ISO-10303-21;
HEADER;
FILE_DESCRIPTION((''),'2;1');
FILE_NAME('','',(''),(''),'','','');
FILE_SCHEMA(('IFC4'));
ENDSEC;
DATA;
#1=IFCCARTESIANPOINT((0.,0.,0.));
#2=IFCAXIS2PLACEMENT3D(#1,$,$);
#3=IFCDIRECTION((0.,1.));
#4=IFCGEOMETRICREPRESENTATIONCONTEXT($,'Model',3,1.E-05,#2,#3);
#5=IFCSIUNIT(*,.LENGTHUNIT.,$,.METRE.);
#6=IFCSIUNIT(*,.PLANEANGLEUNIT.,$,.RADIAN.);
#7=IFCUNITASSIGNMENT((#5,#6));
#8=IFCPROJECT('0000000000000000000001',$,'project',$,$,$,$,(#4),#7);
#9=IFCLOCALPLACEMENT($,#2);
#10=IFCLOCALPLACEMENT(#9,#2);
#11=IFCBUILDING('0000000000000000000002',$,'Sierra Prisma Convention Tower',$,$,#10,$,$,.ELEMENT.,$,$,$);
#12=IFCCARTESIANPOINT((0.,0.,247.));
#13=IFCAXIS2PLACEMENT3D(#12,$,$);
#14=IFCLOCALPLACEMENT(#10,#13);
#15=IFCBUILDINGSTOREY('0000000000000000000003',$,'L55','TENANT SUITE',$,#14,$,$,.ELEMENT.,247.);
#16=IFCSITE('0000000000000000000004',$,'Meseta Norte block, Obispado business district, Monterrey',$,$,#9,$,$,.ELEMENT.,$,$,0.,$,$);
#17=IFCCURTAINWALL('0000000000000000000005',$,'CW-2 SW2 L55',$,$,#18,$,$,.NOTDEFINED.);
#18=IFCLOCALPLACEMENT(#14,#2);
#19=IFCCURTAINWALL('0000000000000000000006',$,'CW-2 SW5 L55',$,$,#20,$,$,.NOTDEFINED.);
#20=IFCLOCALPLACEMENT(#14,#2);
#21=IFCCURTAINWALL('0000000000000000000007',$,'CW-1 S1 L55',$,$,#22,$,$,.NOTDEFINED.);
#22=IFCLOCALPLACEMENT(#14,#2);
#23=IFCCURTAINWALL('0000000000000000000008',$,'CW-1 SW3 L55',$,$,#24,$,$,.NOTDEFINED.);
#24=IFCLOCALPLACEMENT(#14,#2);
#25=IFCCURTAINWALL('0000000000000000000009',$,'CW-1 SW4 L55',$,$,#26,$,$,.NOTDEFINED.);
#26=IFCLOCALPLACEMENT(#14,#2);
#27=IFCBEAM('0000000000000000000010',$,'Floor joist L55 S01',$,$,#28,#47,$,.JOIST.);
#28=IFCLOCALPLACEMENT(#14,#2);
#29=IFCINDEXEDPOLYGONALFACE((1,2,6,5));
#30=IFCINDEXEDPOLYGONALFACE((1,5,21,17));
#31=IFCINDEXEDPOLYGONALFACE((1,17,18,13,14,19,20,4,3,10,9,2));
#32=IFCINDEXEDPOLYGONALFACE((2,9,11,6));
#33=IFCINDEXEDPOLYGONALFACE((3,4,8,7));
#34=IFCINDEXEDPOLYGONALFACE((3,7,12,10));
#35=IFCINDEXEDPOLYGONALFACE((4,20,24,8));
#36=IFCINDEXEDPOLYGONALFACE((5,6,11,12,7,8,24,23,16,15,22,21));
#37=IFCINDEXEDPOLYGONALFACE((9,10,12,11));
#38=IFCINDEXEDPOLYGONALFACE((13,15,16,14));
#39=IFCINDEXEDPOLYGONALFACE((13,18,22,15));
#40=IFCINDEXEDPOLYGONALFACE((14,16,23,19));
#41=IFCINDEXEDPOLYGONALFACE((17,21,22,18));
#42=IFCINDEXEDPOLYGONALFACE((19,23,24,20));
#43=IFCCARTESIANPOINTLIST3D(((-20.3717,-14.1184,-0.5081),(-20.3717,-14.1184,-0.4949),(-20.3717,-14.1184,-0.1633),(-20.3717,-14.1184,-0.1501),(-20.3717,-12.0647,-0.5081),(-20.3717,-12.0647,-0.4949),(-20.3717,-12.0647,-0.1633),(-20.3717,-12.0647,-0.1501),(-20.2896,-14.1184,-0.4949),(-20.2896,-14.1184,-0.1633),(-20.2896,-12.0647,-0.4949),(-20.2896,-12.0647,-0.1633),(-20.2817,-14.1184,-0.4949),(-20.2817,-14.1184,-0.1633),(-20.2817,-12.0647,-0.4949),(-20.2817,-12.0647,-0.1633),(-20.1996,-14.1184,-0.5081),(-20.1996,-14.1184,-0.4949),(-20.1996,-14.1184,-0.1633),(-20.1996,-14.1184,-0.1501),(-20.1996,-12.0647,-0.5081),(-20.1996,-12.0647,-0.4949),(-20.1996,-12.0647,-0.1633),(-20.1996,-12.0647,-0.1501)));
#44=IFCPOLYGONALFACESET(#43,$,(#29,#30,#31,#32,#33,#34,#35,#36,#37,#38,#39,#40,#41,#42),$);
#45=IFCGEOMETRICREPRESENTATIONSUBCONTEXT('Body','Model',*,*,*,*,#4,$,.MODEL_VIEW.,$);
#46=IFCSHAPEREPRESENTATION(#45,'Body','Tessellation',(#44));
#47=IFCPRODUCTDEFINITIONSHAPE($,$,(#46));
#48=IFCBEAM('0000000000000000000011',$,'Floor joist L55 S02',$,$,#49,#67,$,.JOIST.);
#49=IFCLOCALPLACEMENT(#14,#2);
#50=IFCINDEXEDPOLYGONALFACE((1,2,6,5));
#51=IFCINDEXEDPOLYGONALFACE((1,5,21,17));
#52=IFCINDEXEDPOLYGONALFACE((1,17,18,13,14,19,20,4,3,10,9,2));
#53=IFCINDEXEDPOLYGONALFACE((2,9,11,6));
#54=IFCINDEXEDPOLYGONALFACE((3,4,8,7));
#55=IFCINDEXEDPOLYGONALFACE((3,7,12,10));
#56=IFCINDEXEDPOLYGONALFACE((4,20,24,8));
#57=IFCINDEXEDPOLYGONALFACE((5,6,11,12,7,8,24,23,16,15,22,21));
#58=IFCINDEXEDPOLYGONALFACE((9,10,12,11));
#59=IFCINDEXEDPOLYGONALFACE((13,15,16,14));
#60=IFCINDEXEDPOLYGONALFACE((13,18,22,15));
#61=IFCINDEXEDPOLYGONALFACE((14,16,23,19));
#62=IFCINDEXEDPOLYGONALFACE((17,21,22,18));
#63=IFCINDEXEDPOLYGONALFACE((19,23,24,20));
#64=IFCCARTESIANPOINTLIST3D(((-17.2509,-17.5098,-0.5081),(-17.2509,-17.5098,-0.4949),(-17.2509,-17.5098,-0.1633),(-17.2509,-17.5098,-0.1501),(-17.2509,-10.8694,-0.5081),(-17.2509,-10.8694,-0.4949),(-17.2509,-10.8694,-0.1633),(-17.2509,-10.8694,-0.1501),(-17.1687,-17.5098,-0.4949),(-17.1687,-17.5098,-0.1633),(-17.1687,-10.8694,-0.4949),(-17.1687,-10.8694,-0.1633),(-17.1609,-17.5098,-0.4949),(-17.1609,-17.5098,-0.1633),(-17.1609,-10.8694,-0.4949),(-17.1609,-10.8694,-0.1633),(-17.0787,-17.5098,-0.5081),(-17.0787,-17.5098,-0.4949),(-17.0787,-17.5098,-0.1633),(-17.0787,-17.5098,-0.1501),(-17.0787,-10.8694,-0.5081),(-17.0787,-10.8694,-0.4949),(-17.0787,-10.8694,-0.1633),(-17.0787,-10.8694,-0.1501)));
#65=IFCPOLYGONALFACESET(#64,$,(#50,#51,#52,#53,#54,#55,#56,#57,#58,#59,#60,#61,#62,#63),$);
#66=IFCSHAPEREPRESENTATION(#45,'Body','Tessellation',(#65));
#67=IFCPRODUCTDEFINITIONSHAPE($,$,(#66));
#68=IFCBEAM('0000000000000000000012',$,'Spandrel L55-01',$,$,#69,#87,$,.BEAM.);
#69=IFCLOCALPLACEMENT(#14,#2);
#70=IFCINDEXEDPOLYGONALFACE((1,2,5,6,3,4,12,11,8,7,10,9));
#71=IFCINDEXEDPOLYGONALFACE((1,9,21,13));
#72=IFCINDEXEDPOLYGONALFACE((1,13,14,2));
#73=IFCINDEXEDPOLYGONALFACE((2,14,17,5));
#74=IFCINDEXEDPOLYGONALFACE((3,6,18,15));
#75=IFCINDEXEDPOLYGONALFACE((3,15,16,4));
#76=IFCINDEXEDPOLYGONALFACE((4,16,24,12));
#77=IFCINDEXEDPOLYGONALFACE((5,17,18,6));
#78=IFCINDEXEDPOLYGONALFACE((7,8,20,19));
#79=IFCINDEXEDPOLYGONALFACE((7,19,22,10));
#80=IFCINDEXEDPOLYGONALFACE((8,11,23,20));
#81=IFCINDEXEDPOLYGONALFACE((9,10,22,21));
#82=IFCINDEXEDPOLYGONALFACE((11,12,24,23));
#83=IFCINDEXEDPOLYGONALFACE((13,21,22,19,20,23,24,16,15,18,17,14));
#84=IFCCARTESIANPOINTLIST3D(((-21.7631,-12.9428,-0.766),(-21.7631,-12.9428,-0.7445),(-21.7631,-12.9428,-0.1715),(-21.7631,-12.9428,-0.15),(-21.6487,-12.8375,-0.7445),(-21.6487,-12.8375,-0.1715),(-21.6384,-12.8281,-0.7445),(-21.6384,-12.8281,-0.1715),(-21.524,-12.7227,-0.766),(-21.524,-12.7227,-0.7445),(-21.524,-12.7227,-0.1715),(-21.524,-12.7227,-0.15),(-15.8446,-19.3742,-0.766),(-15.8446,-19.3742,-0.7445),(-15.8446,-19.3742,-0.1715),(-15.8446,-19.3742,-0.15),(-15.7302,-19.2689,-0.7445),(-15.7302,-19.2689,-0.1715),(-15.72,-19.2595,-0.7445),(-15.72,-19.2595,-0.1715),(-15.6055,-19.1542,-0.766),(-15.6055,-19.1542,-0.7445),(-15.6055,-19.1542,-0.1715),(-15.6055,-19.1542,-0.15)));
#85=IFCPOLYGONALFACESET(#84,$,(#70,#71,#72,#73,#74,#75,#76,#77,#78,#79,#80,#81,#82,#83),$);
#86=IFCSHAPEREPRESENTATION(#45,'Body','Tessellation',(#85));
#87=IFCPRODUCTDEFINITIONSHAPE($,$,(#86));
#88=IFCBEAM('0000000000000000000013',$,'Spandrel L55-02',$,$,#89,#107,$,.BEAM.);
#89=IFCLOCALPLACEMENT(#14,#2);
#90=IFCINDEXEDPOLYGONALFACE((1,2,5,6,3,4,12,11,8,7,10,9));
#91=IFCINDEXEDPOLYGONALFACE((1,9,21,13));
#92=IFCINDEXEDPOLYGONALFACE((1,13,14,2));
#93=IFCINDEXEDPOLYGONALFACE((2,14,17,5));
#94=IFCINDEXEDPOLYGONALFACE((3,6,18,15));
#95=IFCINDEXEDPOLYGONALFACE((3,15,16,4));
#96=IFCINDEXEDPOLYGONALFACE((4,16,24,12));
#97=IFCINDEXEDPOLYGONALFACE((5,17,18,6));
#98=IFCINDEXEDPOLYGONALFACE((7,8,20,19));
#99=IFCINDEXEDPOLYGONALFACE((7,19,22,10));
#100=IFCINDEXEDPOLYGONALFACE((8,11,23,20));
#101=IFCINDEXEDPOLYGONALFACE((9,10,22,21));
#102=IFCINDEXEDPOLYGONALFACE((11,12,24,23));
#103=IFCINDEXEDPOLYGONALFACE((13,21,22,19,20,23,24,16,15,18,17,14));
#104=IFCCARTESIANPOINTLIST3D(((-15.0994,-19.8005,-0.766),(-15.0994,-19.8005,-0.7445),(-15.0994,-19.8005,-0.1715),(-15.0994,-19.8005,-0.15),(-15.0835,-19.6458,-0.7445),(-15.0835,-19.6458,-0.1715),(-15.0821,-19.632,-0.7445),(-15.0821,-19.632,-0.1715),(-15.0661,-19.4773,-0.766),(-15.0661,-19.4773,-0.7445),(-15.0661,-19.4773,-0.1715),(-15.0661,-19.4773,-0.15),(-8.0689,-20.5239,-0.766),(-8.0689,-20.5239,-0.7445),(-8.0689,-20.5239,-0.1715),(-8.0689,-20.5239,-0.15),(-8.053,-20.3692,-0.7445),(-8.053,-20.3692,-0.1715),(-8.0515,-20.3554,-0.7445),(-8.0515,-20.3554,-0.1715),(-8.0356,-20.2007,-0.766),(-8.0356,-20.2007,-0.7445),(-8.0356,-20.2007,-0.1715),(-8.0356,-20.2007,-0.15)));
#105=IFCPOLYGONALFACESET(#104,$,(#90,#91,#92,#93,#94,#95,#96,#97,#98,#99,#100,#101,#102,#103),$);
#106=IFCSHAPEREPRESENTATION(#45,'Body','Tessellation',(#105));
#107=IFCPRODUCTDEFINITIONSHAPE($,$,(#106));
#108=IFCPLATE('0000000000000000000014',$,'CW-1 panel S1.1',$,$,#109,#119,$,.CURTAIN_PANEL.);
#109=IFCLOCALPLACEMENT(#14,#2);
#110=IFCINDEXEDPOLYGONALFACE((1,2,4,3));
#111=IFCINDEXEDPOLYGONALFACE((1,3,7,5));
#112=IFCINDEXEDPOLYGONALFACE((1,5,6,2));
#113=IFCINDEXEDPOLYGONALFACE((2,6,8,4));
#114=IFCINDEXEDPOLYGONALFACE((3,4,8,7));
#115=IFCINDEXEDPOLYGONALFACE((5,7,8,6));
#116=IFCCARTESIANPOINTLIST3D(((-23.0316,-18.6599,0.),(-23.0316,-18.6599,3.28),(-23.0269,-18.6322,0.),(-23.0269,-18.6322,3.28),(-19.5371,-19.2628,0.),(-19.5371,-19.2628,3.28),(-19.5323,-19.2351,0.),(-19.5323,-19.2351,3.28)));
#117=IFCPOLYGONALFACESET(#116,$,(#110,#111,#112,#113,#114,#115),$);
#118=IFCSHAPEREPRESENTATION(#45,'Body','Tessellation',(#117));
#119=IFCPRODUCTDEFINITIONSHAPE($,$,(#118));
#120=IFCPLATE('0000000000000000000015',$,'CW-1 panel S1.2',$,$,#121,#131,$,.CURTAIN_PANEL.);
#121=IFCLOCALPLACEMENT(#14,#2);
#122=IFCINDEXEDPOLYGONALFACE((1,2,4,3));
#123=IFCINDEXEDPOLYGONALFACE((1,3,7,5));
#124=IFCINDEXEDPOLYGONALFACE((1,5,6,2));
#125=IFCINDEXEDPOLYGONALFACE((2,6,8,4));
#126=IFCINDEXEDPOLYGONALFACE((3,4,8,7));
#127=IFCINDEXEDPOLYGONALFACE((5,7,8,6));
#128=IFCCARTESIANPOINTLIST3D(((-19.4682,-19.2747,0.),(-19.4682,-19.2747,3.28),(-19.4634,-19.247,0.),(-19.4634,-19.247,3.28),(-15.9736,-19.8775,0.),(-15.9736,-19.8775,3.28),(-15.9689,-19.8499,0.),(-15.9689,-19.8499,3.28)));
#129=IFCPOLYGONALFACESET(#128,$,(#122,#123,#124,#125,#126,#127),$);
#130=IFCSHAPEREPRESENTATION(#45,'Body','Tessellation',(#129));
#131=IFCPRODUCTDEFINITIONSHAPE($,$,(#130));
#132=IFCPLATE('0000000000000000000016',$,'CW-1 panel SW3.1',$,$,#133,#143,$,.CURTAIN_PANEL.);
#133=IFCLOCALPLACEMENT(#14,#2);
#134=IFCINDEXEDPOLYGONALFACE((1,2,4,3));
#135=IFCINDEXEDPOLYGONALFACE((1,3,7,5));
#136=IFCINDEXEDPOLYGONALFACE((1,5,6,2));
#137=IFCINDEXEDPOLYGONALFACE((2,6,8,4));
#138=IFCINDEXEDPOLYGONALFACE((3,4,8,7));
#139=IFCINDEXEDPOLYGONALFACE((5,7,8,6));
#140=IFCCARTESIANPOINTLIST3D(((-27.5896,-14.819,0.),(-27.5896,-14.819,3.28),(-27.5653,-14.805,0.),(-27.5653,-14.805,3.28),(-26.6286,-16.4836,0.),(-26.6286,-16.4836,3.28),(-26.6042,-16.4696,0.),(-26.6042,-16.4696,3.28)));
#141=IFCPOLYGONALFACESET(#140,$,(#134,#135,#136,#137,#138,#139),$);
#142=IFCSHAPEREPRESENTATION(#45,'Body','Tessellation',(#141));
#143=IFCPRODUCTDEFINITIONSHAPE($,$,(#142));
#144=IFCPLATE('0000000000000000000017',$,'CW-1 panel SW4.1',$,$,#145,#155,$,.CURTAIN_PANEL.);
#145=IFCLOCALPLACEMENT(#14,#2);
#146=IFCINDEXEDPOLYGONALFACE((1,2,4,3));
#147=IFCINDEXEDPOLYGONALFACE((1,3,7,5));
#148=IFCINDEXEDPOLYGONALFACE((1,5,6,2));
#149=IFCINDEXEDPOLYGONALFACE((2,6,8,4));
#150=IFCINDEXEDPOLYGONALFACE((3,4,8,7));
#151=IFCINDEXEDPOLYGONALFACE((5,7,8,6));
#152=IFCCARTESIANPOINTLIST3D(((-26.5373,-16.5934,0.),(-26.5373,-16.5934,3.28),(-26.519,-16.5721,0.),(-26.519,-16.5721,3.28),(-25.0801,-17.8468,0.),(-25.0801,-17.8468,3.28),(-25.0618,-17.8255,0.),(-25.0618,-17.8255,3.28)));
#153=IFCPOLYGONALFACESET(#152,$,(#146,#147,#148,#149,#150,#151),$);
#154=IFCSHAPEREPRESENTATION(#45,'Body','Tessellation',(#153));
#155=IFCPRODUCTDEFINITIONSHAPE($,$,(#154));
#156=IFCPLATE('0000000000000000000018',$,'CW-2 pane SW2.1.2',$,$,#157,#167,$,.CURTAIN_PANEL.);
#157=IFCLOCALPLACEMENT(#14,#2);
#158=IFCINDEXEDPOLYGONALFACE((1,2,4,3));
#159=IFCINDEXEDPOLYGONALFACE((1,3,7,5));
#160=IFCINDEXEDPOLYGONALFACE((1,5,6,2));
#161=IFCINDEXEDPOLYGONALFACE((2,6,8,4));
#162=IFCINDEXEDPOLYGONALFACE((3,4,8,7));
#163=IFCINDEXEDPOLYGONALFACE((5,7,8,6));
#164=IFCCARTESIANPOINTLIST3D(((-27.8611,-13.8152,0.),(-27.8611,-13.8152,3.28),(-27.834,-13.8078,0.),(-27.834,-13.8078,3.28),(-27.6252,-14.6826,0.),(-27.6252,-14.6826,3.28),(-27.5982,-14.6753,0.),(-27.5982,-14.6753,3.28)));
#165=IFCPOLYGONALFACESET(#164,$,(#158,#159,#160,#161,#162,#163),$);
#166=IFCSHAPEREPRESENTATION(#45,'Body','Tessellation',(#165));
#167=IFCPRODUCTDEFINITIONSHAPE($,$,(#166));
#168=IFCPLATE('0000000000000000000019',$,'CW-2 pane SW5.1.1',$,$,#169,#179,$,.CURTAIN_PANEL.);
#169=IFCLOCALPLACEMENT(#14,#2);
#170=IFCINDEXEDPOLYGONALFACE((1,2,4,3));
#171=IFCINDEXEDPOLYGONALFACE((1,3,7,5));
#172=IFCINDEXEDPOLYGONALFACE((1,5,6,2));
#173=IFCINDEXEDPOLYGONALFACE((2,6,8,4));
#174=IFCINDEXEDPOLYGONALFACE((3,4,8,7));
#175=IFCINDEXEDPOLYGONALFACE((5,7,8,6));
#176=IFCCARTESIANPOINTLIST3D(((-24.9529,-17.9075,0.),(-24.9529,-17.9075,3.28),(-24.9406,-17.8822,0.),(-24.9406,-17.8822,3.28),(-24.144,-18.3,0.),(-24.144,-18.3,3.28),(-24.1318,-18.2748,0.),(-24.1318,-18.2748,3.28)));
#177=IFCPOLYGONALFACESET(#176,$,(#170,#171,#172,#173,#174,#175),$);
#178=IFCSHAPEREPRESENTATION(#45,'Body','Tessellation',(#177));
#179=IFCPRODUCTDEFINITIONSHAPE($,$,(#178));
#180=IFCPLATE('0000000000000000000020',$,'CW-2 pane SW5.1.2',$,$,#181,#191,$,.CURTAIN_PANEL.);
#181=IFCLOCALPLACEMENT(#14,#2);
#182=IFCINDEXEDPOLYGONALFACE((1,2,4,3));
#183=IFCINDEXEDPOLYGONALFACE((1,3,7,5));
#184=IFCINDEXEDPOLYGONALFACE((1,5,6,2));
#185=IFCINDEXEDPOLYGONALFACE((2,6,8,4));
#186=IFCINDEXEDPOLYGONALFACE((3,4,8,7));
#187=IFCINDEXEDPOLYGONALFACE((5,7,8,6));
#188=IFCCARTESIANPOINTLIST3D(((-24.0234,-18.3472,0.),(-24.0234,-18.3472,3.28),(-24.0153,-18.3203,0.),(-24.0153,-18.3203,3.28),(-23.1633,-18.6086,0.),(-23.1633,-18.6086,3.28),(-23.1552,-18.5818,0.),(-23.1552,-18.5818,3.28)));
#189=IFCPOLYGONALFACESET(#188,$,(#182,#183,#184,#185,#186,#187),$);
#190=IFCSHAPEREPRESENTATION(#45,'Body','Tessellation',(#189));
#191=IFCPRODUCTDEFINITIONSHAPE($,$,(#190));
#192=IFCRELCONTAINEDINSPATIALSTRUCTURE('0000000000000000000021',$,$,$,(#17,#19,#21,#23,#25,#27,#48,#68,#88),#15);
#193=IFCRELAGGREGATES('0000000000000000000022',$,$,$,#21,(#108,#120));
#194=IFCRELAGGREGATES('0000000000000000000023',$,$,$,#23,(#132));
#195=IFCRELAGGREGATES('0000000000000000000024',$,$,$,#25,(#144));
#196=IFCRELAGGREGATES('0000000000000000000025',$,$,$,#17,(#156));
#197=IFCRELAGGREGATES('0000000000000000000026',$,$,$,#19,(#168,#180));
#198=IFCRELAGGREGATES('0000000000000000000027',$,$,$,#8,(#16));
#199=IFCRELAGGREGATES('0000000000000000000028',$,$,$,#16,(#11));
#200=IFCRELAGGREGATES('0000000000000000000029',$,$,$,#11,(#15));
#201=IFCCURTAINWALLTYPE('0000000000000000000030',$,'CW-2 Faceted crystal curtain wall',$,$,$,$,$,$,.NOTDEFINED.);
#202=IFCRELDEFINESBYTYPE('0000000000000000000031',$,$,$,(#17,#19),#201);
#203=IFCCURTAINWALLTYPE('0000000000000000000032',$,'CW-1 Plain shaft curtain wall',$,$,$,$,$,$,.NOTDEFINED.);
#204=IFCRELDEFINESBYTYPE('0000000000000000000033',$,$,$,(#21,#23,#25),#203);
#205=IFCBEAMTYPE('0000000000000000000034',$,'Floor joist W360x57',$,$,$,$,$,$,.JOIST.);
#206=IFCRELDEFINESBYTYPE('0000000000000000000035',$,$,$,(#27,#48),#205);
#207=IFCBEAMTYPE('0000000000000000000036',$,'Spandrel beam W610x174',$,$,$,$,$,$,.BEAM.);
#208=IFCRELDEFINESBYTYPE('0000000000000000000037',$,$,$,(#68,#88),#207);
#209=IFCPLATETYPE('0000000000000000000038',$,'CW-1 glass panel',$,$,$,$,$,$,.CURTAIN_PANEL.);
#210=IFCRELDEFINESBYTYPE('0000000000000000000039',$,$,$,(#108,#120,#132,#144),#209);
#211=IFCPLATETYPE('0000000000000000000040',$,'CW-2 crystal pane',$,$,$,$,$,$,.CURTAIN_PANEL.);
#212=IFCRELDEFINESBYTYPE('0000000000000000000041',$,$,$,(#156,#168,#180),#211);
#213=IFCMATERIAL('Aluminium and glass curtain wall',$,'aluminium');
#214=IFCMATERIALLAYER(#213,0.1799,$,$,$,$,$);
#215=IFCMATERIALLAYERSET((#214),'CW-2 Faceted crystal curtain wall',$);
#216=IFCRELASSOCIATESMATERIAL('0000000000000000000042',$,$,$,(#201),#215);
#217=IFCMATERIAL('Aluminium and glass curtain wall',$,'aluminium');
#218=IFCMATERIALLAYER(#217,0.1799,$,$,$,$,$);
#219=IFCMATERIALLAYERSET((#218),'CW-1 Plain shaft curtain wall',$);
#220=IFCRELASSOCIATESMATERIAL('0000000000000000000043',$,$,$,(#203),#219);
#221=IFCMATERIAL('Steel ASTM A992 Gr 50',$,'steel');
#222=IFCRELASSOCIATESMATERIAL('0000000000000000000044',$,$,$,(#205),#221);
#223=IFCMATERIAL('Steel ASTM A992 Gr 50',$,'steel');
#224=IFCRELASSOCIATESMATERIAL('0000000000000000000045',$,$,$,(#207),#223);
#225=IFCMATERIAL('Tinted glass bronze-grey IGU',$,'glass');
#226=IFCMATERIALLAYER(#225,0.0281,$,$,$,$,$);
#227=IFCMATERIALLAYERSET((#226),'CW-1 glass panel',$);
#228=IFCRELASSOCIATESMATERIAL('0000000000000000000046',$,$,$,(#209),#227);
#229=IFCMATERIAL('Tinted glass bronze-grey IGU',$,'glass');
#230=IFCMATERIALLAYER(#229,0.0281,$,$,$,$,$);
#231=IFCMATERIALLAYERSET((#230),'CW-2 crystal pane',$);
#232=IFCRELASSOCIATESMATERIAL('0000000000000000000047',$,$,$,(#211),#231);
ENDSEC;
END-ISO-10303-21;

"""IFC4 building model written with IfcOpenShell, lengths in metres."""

from ifc_helpers import new_model, si_unit, direction, frame, origin, origin_2d, place, context, subcontext, project, spatial, polyline, rectangle, i_section, outline, extrude, material, layer, layer_set, material_profile, profile_set, type_object, element, aggregate, save


model = new_model("IFC4")

# Units and contexts
model_context = context("Model", 3, precision=1e-05, world=origin(), true_north=direction((0.0, 1.0)))
body_context = subcontext(model_context, "Body", "Model", "MODEL_VIEW")
ifc_project = project(units=[si_unit("LENGTHUNIT", "METRE"), si_unit("PLANEANGLEUNIT", "RADIAN")], contexts=[model_context])

# Site, building, storey
site_placement = place(None, origin())
site = spatial("IfcSite", under=ifc_project, at=site_placement, Name="Meseta Norte block, Obispado business district, Monterrey", CompositionType="ELEMENT", RefElevation=0.0)
building_placement = place(site_placement, origin())
building = spatial("IfcBuilding", under=site, at=building_placement, Name="Sierra Prisma Convention Tower", CompositionType="ELEMENT")
storey_placement = place(building_placement, frame((0.0, 0.0, 247.0)))
storey = spatial("IfcBuildingStorey", under=building, at=storey_placement, Name="L55", Description="TENANT SUITE", CompositionType="ELEMENT", Elevation=247.0)

# Curtain walls
ifc_material_1 = material(Name="Aluminium and glass curtain wall", Category="aluminium")
ifc_layer_1 = layer(ifc_material_1, 0.1799)
ifc_layer_set_1 = layer_set([ifc_layer_1], Name="CW-2 Faceted crystal curtain wall")
curtain_wall_type_1 = type_object("IfcCurtainWallType", Name="CW-2 Faceted crystal curtain wall", PredefinedType="NOTDEFINED", material=ifc_layer_set_1)
curtain_wall_1_placement = place(storey_placement, origin())
curtain_wall_1 = element("IfcCurtainWall", 1, at=curtain_wall_1_placement, inside=storey, type_object=curtain_wall_type_1, Name="CW-2 SW2 L55", PredefinedType="NOTDEFINED")
curtain_wall_2_placement = place(storey_placement, origin())
curtain_wall_2 = element("IfcCurtainWall", 2, at=curtain_wall_2_placement, inside=storey, type_object=curtain_wall_type_1, Name="CW-2 SW5 L55", PredefinedType="NOTDEFINED")

# Curtain wall
ifc_material_2 = material(Name="Aluminium and glass curtain wall", Category="aluminium")
ifc_layer_2 = layer(ifc_material_2, 0.1799)
ifc_layer_set_2 = layer_set([ifc_layer_2], Name="CW-1 Plain shaft curtain wall")
curtain_wall_type_2 = type_object("IfcCurtainWallType", Name="CW-1 Plain shaft curtain wall", PredefinedType="NOTDEFINED", material=ifc_layer_set_2)
curtain_wall_3_placement = place(storey_placement, origin())
curtain_wall_3 = element("IfcCurtainWall", 3, at=curtain_wall_3_placement, inside=storey, type_object=curtain_wall_type_2, Name="CW-1 S1 L55", PredefinedType="NOTDEFINED")

# Curtain walls
curtain_wall_4_placement = place(storey_placement, origin())
curtain_wall_4 = element("IfcCurtainWall", 4, at=curtain_wall_4_placement, inside=storey, type_object=curtain_wall_type_2, Name="CW-1 SW3 L55", PredefinedType="NOTDEFINED")
curtain_wall_5_placement = place(storey_placement, origin())
curtain_wall_5 = element("IfcCurtainWall", 5, at=curtain_wall_5_placement, inside=storey, type_object=curtain_wall_type_2, Name="CW-1 SW4 L55", PredefinedType="NOTDEFINED")

# Beams
ifc_material_3 = material(Name="Steel ASTM A992 Gr 50", Category="steel")
ifc_material_profile_1 = material_profile(ifc_material_3, i_section(OverallWidth=0.1721, OverallDepth=0.3579, WebThickness=0.0078, FlangeThickness=0.0132, at=origin_2d()), Name="W360x57")
ifc_profile_set_1 = profile_set([ifc_material_profile_1], Name="Steel ASTM A992 Gr 50")
beam_type_1 = type_object("IfcBeamType", Name="Floor joist W360x57", PredefinedType="JOIST", material=ifc_profile_set_1)
beam_1_placement = place(storey_placement, frame((-20.2856, -14.1184, -0.3291), z_axis=(0.0, 1.0, 0.0), x_axis=(-1.0, 0.0, 0.0)))
element("IfcBeam", 6, at=beam_1_placement, inside=storey, type_object=beam_type_1, Name="Floor joist L55 S01", PredefinedType="JOIST", context=body_context, shape_type="SweptSolid", body=[
    extrude(i_section(OverallWidth=0.1721, OverallDepth=0.3579, WebThickness=0.0078, FlangeThickness=0.0132, at=origin_2d()), origin(), (0.0, 0.0, 1.0), 2.0537),
])
beam_2_placement = place(storey_placement, frame((-17.1648, -17.5098, -0.3291), z_axis=(0.0, 1.0, 0.0), x_axis=(-1.0, 0.0, 0.0)))
element("IfcBeam", 7, at=beam_2_placement, inside=storey, type_object=beam_type_1, Name="Floor joist L55 S02", PredefinedType="JOIST", context=body_context, shape_type="SweptSolid", body=[
    extrude(i_section(OverallWidth=0.1721, OverallDepth=0.3579, WebThickness=0.0078, FlangeThickness=0.0132, at=origin_2d()), origin(), (0.0, 0.0, 1.0), 6.6404),
])
ifc_material_4 = material(Name="Steel ASTM A992 Gr 50", Category="steel")
ifc_material_profile_2 = material_profile(ifc_material_4, i_section(OverallWidth=0.325, OverallDepth=0.616, WebThickness=0.0139, FlangeThickness=0.0215, at=origin_2d()), Name="W610x174")
ifc_profile_set_2 = profile_set([ifc_material_profile_2], Name="Steel ASTM A992 Gr 50")
beam_type_2 = type_object("IfcBeamType", Name="Spandrel beam W610x174", PredefinedType="BEAM", material=ifc_profile_set_2)
beam_3_placement = place(storey_placement, frame((-21.6436, -12.8328, -0.458), z_axis=(0.677154, -0.735841, 0.0), x_axis=(0.735841, 0.677154, 0.0)))
element("IfcBeam", 8, at=beam_3_placement, inside=storey, type_object=beam_type_2, Name="Spandrel L55-01", PredefinedType="BEAM", context=body_context, shape_type="SweptSolid", body=[
    extrude(i_section(OverallWidth=0.325, OverallDepth=0.616, WebThickness=0.0139, FlangeThickness=0.0215, at=origin_2d()), origin(), (0.0, 0.0, 1.0), 8.7402),
])
beam_4_placement = place(storey_placement, frame((-15.0828, -19.6389, -0.458), z_axis=(0.994748, -0.102352, 0.0), x_axis=(0.102352, 0.994748, 0.0)))
element("IfcBeam", 9, at=beam_4_placement, inside=storey, type_object=beam_type_2, Name="Spandrel L55-02", PredefinedType="BEAM", context=body_context, shape_type="SweptSolid", body=[
    extrude(i_section(OverallWidth=0.325, OverallDepth=0.616, WebThickness=0.0139, FlangeThickness=0.0215, at=origin_2d()), origin(), (0.0, 0.0, 1.0), 7.0676),
])

# Plates
ifc_material_5 = material(Name="Tinted glass bronze-grey IGU", Category="glass")
ifc_layer_3 = layer(ifc_material_5, 0.0281)
ifc_layer_set_3 = layer_set([ifc_layer_3], Name="CW-1 glass panel")
plate_type_1 = type_object("IfcPlateType", Name="CW-1 glass panel", PredefinedType="CURTAIN_PANEL", material=ifc_layer_set_3)
plate_1_placement = place(storey_placement, frame((-21.282, -18.9475, 0.0), z_axis=(0.0, 0.0, 1.0), x_axis=(0.985443, -0.170006, 0.0)))
plate_1 = element("IfcPlate", 10, at=plate_1_placement, type_object=plate_type_1, Name="CW-1 panel S1.1", PredefinedType="CURTAIN_PANEL", context=body_context, shape_type="SweptSolid", body=[
    extrude(rectangle(XDim=3.5461, YDim=0.0281, at=origin_2d()), origin(), (0.0, 0.0, 1.0), 3.28),
])
plate_2_placement = place(storey_placement, frame((-17.7185, -19.5623, 0.0), z_axis=(0.0, 0.0, 1.0), x_axis=(0.985443, -0.170006, 0.0)))
plate_2 = element("IfcPlate", 11, at=plate_2_placement, type_object=plate_type_1, Name="CW-1 panel S1.2", PredefinedType="CURTAIN_PANEL", context=body_context, shape_type="SweptSolid", body=[
    extrude(rectangle(XDim=3.5461, YDim=0.0281, at=origin_2d()), origin(), (0.0, 0.0, 1.0), 3.28),
])
aggregate(curtain_wall_3, [plate_1, plate_2])
plate_3_placement = place(storey_placement, frame((-27.0969, -15.6443, 0.0), z_axis=(0.0, 0.0, 1.0), x_axis=(0.5, -0.866025, 0.0)))
plate_3 = element("IfcPlate", 12, at=plate_3_placement, type_object=plate_type_1, Name="CW-1 panel SW3.1", PredefinedType="CURTAIN_PANEL", context=body_context, shape_type="SweptSolid", body=[
    extrude(rectangle(XDim=1.9221, YDim=0.0281, at=origin_2d()), origin(), (0.0, 0.0, 1.0), 3.28),
])
aggregate(curtain_wall_4, [plate_3])
plate_4_placement = place(storey_placement, frame((-25.7996, -17.2095, 0.0), z_axis=(0.0, 0.0, 1.0), x_axis=(0.758154, -0.652076, 0.0)))
plate_4 = element("IfcPlate", 13, at=plate_4_placement, type_object=plate_type_1, Name="CW-1 panel SW4.1", PredefinedType="CURTAIN_PANEL", context=body_context, shape_type="SweptSolid", body=[
    extrude(rectangle(XDim=1.9221, YDim=0.0281, at=origin_2d()), origin(), (0.0, 0.0, 1.0), 3.28),
])
aggregate(curtain_wall_5, [plate_4])
ifc_material_6 = material(Name="Tinted glass bronze-grey IGU", Category="glass")
ifc_layer_4 = layer(ifc_material_6, 0.0281)
ifc_layer_set_4 = layer_set([ifc_layer_4], Name="CW-2 crystal pane")
plate_type_2 = type_object("IfcPlateType", Name="CW-2 crystal pane", PredefinedType="CURTAIN_PANEL", material=ifc_layer_set_4)
plate_5_placement = place(storey_placement, frame((-27.6252, -14.6826, 0.0), z_axis=(-0.96497, -0.262359, 0.0), x_axis=(-0.262359, 0.96497, 0.0)))
plate_5 = element("IfcPlate", 14, at=plate_5_placement, type_object=plate_type_2, Name="CW-2 pane SW2.1.2", PredefinedType="CURTAIN_PANEL", context=body_context, shape_type="SweptSolid", body=[
    extrude(outline(polyline([(0.0, 0.0), (0.8989, 0.0), (0.8989, -3.28), (0.0, -3.28), (0.0, 0.0)])), origin(), (0.0, 0.0, -1.0), 0.0281),
])
aggregate(curtain_wall_1, [plate_5])
plate_6_placement = place(storey_placement, frame((-24.9529, -17.9075, 0.0), z_axis=(-0.436647, -0.899633, 0.0), x_axis=(0.899633, -0.436647, 0.0)))
plate_6 = element("IfcPlate", 15, at=plate_6_placement, type_object=plate_type_2, Name="CW-2 pane SW5.1.1", PredefinedType="CURTAIN_PANEL", context=body_context, shape_type="SweptSolid", body=[
    extrude(outline(polyline([(0.0, 0.0), (0.8991, 0.0), (0.8991, 3.28), (0.0, 3.28), (0.0, 0.0)])), origin(), (0.0, 0.0, -1.0), 0.0281),
])
plate_7_placement = place(storey_placement, frame((-23.1633, -18.6086, 0.0), z_axis=(-0.290859, -0.956766, 0.0), x_axis=(-0.956766, 0.290859, 0.0)))
plate_7 = element("IfcPlate", 16, at=plate_7_placement, type_object=plate_type_2, Name="CW-2 pane SW5.1.2", PredefinedType="CURTAIN_PANEL", context=body_context, shape_type="SweptSolid", body=[
    extrude(outline(polyline([(0.0, 0.0), (0.899, 0.0), (0.899, -3.28), (0.0, -3.28), (0.0, 0.0)])), origin(), (0.0, 0.0, -1.0), 0.0281),
])
aggregate(curtain_wall_2, [plate_6, plate_7])

save(model, "model.ifc")
